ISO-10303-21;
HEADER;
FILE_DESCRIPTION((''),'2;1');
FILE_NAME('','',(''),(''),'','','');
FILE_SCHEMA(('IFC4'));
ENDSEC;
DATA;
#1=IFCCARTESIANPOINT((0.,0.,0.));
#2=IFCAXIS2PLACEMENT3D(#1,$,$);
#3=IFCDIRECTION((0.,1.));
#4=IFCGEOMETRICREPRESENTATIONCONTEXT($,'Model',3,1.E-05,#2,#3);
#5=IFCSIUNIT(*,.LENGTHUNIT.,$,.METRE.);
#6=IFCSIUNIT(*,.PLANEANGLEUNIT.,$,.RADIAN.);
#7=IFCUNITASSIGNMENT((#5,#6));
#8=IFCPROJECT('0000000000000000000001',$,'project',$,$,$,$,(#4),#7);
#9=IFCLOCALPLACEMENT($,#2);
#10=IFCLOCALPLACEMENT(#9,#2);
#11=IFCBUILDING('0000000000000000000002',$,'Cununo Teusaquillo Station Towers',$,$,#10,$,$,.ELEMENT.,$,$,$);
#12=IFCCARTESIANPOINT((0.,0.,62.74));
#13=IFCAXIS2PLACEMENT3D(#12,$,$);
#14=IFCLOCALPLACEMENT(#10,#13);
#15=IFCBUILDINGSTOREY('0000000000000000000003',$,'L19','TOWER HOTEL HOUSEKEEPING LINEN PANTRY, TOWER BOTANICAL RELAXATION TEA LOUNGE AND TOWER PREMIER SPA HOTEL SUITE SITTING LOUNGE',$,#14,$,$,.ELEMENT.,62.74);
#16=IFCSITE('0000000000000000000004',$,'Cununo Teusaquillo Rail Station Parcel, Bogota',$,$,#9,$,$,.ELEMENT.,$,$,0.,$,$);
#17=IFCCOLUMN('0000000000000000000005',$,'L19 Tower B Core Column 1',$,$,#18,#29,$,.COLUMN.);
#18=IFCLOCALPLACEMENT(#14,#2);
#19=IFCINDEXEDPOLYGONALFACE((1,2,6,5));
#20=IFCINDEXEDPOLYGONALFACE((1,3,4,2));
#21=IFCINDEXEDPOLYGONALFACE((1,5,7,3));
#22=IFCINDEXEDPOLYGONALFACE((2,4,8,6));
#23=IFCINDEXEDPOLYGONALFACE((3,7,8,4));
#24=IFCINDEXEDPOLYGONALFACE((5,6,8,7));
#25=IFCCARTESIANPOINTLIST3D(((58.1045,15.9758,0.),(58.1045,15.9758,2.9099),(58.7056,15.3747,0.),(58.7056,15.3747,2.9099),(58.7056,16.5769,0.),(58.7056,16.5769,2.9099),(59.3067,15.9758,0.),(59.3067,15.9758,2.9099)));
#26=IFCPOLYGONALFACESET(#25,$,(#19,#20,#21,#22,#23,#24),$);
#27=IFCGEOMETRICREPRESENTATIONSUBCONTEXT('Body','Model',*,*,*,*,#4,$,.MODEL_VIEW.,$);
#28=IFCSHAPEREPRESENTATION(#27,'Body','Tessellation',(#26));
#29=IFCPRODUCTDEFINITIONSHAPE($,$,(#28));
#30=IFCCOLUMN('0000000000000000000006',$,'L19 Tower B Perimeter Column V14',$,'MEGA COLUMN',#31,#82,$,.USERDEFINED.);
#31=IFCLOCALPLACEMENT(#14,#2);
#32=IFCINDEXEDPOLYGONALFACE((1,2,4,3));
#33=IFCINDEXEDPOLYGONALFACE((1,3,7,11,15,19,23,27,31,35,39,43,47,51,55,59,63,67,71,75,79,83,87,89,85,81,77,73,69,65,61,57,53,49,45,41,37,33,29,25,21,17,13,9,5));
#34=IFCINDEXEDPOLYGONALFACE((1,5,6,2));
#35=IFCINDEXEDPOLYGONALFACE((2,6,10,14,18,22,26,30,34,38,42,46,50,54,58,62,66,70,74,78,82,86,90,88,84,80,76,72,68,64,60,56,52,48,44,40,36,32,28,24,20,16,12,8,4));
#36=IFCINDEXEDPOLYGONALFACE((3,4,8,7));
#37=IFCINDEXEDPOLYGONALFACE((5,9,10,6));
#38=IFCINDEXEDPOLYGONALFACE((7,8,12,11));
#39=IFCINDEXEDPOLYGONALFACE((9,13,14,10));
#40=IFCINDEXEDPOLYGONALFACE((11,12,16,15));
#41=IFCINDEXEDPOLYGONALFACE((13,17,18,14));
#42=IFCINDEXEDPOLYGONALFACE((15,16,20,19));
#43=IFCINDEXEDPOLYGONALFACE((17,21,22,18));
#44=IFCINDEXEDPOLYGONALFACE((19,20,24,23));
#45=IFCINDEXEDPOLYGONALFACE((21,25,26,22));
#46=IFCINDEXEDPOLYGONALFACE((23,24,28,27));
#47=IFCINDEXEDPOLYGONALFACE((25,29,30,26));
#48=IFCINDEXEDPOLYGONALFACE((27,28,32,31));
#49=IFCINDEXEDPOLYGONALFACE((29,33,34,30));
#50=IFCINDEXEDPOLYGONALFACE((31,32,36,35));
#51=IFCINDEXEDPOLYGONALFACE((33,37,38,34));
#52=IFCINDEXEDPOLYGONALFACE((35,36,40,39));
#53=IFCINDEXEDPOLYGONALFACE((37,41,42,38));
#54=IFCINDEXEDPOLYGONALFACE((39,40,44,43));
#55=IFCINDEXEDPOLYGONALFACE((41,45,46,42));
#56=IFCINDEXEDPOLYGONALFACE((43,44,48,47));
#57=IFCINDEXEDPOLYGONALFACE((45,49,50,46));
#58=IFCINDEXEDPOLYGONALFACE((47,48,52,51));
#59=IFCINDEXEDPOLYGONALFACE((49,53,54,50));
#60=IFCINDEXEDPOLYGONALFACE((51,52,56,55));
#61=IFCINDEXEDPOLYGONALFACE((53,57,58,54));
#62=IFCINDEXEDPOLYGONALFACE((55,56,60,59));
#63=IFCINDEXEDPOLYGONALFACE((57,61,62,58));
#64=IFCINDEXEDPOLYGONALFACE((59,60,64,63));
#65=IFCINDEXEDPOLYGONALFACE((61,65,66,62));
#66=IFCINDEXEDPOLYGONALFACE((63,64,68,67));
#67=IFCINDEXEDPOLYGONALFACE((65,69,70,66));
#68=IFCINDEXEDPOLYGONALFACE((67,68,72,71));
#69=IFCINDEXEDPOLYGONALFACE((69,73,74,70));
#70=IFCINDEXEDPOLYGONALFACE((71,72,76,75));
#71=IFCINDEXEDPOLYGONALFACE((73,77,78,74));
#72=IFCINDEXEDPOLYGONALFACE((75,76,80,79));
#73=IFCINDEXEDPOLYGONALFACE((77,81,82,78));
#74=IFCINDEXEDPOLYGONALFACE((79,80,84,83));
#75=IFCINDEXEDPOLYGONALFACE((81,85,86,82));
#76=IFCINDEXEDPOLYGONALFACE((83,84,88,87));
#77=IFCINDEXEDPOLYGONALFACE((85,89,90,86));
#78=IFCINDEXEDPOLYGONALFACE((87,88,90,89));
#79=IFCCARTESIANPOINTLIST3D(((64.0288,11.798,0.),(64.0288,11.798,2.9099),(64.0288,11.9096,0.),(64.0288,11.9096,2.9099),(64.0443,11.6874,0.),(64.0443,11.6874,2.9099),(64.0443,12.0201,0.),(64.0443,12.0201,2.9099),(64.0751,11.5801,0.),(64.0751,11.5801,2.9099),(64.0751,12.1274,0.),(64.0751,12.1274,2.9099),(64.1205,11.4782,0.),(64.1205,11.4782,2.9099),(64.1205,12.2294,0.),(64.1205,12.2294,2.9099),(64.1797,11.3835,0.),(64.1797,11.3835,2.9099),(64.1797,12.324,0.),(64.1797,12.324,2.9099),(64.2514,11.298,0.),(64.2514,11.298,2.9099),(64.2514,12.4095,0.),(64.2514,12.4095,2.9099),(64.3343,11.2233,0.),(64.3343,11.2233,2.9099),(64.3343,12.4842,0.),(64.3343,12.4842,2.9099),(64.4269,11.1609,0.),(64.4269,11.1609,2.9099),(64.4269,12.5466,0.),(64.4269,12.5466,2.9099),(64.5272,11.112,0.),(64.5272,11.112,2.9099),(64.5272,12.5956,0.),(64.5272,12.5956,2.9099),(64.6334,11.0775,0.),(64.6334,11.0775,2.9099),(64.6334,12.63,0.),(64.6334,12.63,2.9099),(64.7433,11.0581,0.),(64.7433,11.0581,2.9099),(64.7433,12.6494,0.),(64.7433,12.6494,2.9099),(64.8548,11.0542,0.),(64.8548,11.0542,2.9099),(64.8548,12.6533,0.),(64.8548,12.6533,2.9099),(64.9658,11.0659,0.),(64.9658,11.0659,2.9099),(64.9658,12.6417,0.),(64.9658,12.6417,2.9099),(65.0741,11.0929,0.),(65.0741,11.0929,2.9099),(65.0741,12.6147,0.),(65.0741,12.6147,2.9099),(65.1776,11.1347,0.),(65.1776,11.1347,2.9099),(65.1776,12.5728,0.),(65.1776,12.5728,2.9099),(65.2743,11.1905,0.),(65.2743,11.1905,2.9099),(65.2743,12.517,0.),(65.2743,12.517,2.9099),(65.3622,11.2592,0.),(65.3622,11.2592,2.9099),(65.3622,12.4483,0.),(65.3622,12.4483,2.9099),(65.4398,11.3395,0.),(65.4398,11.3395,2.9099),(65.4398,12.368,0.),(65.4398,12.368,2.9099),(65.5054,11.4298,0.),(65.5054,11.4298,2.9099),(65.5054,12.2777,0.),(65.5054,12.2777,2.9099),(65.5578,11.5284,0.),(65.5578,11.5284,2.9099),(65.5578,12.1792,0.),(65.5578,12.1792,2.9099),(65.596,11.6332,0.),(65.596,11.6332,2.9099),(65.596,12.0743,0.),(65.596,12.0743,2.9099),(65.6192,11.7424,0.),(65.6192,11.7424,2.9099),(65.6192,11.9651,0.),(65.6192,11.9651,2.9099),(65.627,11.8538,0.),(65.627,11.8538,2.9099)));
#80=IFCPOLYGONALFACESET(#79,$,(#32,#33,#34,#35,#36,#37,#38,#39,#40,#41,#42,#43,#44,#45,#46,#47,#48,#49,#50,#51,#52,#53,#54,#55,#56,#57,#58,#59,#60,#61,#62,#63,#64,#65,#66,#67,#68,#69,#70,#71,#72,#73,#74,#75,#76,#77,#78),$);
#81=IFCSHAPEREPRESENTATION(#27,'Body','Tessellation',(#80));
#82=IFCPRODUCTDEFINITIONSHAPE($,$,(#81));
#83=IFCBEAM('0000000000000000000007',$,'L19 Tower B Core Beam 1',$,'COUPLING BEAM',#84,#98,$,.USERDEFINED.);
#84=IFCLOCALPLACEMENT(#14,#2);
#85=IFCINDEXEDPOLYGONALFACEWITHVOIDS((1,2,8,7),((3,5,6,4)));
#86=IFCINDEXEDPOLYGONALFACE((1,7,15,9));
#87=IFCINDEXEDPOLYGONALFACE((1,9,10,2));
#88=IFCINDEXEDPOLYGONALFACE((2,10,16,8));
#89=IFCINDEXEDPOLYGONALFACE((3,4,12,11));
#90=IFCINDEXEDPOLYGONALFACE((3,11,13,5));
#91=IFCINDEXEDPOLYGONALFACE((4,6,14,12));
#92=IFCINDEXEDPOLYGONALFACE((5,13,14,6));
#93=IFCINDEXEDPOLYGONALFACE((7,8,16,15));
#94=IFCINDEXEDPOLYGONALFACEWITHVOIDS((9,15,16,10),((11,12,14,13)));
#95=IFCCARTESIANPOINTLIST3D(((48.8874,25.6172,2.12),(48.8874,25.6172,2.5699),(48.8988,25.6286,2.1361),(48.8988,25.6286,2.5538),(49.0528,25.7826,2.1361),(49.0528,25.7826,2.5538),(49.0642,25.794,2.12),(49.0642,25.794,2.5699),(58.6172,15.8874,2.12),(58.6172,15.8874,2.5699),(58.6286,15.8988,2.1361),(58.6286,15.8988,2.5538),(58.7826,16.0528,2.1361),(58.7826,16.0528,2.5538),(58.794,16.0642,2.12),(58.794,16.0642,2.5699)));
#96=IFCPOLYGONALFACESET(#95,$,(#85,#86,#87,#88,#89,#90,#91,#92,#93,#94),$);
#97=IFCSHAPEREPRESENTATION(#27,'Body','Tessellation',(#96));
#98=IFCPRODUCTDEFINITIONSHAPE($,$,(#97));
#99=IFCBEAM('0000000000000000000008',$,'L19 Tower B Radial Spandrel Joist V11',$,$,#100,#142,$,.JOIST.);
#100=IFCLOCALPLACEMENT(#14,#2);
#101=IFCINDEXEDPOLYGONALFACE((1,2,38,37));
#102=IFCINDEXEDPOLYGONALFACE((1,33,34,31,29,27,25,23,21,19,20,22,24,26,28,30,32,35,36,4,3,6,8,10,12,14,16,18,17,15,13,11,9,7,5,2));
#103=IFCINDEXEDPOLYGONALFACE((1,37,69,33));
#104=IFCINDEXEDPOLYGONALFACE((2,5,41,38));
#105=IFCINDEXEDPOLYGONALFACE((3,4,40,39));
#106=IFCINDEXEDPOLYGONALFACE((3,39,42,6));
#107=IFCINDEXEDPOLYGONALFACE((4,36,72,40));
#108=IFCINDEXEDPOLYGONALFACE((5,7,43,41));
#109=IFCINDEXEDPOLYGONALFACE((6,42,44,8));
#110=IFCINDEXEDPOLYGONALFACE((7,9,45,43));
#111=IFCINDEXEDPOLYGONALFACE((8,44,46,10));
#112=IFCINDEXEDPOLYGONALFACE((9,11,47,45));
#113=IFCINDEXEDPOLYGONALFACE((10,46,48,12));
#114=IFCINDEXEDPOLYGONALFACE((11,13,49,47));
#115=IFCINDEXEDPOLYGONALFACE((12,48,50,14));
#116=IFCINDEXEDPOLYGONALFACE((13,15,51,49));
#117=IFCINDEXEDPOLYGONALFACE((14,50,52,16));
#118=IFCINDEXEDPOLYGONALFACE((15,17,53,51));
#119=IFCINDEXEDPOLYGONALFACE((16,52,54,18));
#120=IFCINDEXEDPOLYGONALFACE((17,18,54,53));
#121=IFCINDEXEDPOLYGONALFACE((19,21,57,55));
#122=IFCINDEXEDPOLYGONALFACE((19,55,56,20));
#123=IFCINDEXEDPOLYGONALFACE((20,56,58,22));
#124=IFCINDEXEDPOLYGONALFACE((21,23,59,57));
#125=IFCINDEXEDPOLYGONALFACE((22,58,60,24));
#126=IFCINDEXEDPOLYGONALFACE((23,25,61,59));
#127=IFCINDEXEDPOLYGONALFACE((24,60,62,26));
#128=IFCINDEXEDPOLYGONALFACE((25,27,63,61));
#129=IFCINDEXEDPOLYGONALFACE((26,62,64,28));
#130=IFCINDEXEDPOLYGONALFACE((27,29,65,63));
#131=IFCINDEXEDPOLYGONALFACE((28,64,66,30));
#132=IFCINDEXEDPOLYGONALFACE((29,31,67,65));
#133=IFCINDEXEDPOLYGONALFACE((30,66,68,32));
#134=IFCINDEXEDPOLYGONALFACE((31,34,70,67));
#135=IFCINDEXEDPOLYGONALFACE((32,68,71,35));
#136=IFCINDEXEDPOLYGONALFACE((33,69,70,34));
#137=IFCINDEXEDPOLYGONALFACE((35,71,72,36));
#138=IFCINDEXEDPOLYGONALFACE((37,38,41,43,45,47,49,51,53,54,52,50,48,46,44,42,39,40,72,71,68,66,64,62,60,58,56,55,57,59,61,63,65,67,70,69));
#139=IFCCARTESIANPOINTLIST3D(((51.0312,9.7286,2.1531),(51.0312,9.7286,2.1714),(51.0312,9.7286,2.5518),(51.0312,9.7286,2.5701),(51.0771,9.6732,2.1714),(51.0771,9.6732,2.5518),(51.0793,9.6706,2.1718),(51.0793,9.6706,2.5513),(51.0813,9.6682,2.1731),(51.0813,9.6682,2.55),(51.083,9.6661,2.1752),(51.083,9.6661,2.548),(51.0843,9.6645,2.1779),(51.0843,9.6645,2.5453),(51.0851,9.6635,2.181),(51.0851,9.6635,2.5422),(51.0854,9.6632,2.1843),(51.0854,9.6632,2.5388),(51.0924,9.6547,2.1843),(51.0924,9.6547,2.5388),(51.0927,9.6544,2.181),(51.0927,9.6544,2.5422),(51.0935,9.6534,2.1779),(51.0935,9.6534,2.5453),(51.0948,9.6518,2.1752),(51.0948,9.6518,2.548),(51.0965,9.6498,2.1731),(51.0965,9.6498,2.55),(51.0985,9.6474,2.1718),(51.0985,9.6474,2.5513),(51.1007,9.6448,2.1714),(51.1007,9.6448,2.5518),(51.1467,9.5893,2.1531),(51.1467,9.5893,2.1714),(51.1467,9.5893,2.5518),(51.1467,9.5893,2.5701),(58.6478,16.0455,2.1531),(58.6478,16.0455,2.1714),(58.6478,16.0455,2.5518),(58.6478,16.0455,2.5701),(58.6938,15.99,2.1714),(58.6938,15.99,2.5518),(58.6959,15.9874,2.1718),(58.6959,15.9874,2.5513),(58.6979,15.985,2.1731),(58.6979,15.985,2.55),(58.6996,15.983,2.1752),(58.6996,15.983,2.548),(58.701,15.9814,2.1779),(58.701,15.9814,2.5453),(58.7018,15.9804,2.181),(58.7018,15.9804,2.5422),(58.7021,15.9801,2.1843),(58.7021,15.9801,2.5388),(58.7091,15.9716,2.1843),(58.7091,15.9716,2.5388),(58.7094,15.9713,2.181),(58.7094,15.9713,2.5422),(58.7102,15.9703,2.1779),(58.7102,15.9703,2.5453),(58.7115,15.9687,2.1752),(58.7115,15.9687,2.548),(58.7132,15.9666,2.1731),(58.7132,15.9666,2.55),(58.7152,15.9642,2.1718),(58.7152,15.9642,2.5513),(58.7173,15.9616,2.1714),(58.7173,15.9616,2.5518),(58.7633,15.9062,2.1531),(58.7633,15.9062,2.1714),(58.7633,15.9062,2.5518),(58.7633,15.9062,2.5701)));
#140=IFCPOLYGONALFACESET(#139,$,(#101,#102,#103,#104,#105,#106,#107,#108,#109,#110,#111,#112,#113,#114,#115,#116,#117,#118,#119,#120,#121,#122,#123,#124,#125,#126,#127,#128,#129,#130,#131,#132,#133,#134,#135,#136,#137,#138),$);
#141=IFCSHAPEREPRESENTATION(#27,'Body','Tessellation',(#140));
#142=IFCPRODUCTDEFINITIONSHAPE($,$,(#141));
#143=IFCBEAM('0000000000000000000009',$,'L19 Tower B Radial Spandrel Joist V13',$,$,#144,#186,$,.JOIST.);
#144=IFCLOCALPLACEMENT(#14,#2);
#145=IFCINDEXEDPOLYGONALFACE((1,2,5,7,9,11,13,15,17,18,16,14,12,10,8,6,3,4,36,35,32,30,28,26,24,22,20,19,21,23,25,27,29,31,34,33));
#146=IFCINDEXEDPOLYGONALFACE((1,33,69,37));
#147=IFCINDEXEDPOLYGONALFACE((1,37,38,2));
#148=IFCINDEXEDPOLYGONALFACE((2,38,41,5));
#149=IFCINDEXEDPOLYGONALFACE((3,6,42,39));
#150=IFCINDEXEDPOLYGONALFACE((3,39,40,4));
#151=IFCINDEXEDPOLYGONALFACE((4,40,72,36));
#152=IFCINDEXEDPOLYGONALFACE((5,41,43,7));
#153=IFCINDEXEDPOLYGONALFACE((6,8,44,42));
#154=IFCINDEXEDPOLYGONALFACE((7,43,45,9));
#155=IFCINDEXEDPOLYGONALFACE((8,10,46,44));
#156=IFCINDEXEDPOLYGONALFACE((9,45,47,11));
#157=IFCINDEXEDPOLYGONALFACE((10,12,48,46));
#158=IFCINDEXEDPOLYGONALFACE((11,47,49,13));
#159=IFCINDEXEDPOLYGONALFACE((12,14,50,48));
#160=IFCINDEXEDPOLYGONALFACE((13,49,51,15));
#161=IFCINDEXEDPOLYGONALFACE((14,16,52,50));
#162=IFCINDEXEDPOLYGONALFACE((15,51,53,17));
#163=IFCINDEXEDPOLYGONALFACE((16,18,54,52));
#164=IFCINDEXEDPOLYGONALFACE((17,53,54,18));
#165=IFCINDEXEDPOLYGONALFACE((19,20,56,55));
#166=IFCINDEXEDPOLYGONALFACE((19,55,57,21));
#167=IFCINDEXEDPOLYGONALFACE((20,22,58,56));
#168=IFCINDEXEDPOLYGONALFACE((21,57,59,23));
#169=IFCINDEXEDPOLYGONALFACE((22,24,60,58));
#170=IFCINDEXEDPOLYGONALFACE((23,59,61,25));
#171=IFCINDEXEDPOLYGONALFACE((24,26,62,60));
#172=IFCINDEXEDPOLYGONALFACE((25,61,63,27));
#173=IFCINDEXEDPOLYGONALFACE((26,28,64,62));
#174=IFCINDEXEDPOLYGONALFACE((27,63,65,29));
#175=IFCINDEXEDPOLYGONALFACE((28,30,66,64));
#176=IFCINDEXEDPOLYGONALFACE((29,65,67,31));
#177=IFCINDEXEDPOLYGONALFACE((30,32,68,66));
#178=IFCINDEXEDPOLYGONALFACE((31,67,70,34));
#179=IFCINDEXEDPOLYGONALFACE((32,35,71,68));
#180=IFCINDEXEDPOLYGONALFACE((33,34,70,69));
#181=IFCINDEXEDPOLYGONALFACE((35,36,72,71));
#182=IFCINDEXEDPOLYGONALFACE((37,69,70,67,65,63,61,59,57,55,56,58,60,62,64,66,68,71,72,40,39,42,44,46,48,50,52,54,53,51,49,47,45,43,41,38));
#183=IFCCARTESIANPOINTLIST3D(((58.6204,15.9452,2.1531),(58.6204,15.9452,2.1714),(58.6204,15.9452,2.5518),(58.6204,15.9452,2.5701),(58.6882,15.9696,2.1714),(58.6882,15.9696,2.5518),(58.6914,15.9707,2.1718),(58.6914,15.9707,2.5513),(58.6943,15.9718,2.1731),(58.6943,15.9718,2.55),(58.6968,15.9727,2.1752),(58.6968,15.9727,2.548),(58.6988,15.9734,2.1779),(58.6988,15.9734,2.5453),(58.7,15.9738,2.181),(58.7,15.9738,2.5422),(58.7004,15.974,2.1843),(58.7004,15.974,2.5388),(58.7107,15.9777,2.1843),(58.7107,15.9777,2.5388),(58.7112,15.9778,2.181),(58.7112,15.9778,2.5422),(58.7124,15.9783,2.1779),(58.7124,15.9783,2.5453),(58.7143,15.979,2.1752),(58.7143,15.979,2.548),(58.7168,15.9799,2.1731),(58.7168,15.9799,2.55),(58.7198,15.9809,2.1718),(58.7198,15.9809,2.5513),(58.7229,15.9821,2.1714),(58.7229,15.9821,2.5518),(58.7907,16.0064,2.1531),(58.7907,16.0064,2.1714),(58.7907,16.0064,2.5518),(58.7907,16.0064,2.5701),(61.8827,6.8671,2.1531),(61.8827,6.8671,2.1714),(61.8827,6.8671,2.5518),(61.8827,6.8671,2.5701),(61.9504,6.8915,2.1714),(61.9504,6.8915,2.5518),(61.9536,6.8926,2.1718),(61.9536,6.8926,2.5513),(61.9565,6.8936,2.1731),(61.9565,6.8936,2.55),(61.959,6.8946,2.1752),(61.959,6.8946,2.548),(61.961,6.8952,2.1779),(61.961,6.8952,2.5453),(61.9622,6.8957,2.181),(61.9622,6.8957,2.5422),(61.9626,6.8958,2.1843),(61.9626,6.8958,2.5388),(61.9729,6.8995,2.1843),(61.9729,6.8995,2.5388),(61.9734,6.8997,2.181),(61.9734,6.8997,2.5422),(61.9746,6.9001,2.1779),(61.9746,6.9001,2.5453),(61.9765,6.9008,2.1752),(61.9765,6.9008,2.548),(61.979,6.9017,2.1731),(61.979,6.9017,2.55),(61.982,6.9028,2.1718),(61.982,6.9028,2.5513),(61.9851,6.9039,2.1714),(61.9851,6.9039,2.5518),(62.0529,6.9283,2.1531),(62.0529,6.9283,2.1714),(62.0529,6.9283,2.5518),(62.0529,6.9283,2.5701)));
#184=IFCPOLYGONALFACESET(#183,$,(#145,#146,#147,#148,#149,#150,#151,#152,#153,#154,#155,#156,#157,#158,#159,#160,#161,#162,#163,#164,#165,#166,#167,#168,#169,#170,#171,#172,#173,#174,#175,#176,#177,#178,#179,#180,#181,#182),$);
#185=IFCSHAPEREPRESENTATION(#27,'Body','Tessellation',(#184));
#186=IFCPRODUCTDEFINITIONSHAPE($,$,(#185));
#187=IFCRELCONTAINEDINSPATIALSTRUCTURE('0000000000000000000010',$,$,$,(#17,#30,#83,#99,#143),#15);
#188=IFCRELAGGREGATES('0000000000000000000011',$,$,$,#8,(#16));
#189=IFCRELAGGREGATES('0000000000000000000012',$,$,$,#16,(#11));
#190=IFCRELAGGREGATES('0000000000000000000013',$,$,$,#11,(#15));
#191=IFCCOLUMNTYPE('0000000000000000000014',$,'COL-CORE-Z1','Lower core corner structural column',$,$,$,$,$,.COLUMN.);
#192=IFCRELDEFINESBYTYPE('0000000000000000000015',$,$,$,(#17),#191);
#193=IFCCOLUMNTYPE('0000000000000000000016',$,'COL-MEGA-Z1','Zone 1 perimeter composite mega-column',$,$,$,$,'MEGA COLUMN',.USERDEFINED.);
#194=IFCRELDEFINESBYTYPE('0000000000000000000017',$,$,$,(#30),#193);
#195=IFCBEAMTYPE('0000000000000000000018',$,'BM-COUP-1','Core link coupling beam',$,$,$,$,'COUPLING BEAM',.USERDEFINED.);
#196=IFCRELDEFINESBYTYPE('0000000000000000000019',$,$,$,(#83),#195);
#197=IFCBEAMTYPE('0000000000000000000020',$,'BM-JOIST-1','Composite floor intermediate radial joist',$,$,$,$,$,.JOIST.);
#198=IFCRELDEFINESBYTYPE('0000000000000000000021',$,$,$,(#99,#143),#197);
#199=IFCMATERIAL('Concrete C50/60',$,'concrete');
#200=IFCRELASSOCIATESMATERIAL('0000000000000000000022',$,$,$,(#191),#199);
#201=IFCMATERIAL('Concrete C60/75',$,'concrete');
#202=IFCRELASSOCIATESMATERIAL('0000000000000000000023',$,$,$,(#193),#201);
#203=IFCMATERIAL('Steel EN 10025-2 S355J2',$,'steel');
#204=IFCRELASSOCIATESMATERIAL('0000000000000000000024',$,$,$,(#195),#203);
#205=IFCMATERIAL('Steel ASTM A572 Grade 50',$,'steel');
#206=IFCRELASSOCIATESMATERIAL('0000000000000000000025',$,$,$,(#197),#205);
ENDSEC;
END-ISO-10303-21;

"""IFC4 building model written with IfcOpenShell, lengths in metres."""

from ifc_helpers import new_model, si_unit, direction, frame, origin, origin_2d, place, context, subcontext, project, spatial, rectangle, hollow_rectangle, circle, i_section, extrude, material, material_profile, profile_set, type_object, element, save


model = new_model("IFC4")

# Units and contexts
model_context = context("Model", 3, precision=1e-05, world=origin(), true_north=direction((0.0, 1.0)))
body_context = subcontext(model_context, "Body", "Model", "MODEL_VIEW")
ifc_project = project(units=[si_unit("LENGTHUNIT", "METRE"), si_unit("PLANEANGLEUNIT", "RADIAN")], contexts=[model_context])

# Site, building, storey
site_placement = place(None, origin())
site = spatial("IfcSite", under=ifc_project, at=site_placement, Name="Cununo Teusaquillo Rail Station Parcel, Bogota", CompositionType="ELEMENT", RefElevation=0.0)
building_placement = place(site_placement, origin())
building = spatial("IfcBuilding", under=site, at=building_placement, Name="Cununo Teusaquillo Station Towers", CompositionType="ELEMENT")
storey_placement = place(building_placement, frame((0.0, 0.0, 62.74)))
storey = spatial("IfcBuildingStorey", under=building, at=storey_placement, Name="L19", Description="TOWER HOTEL HOUSEKEEPING LINEN PANTRY, TOWER BOTANICAL RELAXATION TEA LOUNGE AND TOWER PREMIER SPA HOTEL SUITE SITTING LOUNGE", CompositionType="ELEMENT", Elevation=62.74)

# Columns
ifc_material_1 = material(Name="Concrete C50/60", Category="concrete")
ifc_material_profile_1 = material_profile(ifc_material_1, rectangle(XDim=0.8501, YDim=0.8501, at=origin_2d()), Name="RC-RECT-850x850")
ifc_profile_set_1 = profile_set([ifc_material_profile_1], Name="Concrete C50/60")
column_type_1 = type_object("IfcColumnType", Name="COL-CORE-Z1", Description="Lower core corner structural column", PredefinedType="COLUMN", material=ifc_profile_set_1)
column_1_placement = place(storey_placement, frame((58.7056, 15.9758, 0.0), z_axis=(0.0, 0.0, 1.0), x_axis=(0.707107, 0.707107, 0.0)))
element("IfcColumn", 1, at=column_1_placement, inside=storey, type_object=column_type_1, Name="L19 Tower B Core Column 1", PredefinedType="COLUMN", context=body_context, shape_type="SweptSolid", body=[
    extrude(rectangle(XDim=0.8501, YDim=0.8501, at=origin_2d()), origin(), (0.0, 0.0, 1.0), 2.9099),
])
ifc_material_2 = material(Name="Concrete C60/75", Category="concrete")
ifc_material_profile_2 = material_profile(ifc_material_2, circle(Radius=0.8, at=origin_2d()), Name="RC-CIRC-1600")
ifc_profile_set_2 = profile_set([ifc_material_profile_2], Name="Concrete C60/75")
column_type_2 = type_object("IfcColumnType", Name="COL-MEGA-Z1", Description="Zone 1 perimeter composite mega-column", ElementType="MEGA COLUMN", PredefinedType="USERDEFINED", material=ifc_profile_set_2)
column_2_placement = place(storey_placement, frame((64.8269, 11.8538, 0.0), z_axis=(0.0, 0.0, 1.0), x_axis=(1.0, 0.0, 0.0)))
element("IfcColumn", 2, at=column_2_placement, inside=storey, type_object=column_type_2, Name="L19 Tower B Perimeter Column V14", ObjectType="MEGA COLUMN", PredefinedType="USERDEFINED", context=body_context, shape_type="SweptSolid", body=[
    extrude(circle(Radius=0.8, at=origin_2d()), origin(), (0.0, 0.0, 1.0), 2.9099),
])

# Beams
ifc_material_3 = material(Name="Steel EN 10025-2 S355J2", Category="steel")
ifc_material_profile_3 = material_profile(ifc_material_3, hollow_rectangle(XDim=0.25, YDim=0.45, WallThickness=0.0161, at=origin_2d()), Name="RHS 450x250x16")
ifc_profile_set_3 = profile_set([ifc_material_profile_3], Name="Steel EN 10025-2 S355J2")
beam_type_1 = type_object("IfcBeamType", Name="BM-COUP-1", Description="Core link coupling beam", ElementType="COUPLING BEAM", PredefinedType="USERDEFINED", material=ifc_profile_set_3)
beam_1_placement = place(storey_placement, frame((58.7056, 15.9758, 2.345), z_axis=(-0.707107, 0.707107, 0.0), x_axis=(-0.707107, -0.707107, 0.0)))
element("IfcBeam", 3, at=beam_1_placement, inside=storey, type_object=beam_type_1, Name="L19 Tower B Core Beam 1", ObjectType="COUPLING BEAM", PredefinedType="USERDEFINED", context=body_context, shape_type="SweptSolid", body=[
    extrude(hollow_rectangle(XDim=0.25, YDim=0.45, WallThickness=0.0161, at=origin_2d()), origin(), (0.0, 0.0, 1.0), 13.76),
])
ifc_material_4 = material(Name="Steel ASTM A572 Grade 50", Category="steel")
ifc_material_profile_4 = material_profile(ifc_material_4, i_section(OverallWidth=0.1809, OverallDepth=0.417, WebThickness=0.011, FlangeThickness=0.0183, FilletRadius=0.0129, at=origin_2d()), Name="W16X57")
ifc_profile_set_4 = profile_set([ifc_material_profile_4], Name="Steel ASTM A572 Grade 50")
beam_type_2 = type_object("IfcBeamType", Name="BM-JOIST-1", Description="Composite floor intermediate radial joist", PredefinedType="JOIST", material=ifc_profile_set_4)
beam_2_placement = place(storey_placement, frame((58.7056, 15.9758, 2.3616), z_axis=(-0.769728, -0.638372, 0.0), x_axis=(0.638372, -0.769728, 0.0)))
element("IfcBeam", 4, at=beam_2_placement, inside=storey, type_object=beam_type_2, Name="L19 Tower B Radial Spandrel Joist V11", PredefinedType="JOIST", context=body_context, shape_type="SweptSolid", body=[
    extrude(i_section(OverallWidth=0.1809, OverallDepth=0.417, WebThickness=0.011, FlangeThickness=0.0183, FilletRadius=0.0129, at=origin_2d()), origin(), (0.0, 0.0, 1.0), 9.8953),
])
beam_3_placement = place(storey_placement, frame((58.7056, 15.9758, 2.3616), z_axis=(0.338176, -0.941083, 0.0), x_axis=(0.941083, 0.338176, 0.0)))
element("IfcBeam", 5, at=beam_3_placement, inside=storey, type_object=beam_type_2, Name="L19 Tower B Radial Spandrel Joist V13", PredefinedType="JOIST", context=body_context, shape_type="SweptSolid", body=[
    extrude(i_section(OverallWidth=0.1809, OverallDepth=0.417, WebThickness=0.011, FlangeThickness=0.0183, FilletRadius=0.0129, at=origin_2d()), origin(), (0.0, 0.0, 1.0), 9.6465),
])

save(model, "model.ifc")
